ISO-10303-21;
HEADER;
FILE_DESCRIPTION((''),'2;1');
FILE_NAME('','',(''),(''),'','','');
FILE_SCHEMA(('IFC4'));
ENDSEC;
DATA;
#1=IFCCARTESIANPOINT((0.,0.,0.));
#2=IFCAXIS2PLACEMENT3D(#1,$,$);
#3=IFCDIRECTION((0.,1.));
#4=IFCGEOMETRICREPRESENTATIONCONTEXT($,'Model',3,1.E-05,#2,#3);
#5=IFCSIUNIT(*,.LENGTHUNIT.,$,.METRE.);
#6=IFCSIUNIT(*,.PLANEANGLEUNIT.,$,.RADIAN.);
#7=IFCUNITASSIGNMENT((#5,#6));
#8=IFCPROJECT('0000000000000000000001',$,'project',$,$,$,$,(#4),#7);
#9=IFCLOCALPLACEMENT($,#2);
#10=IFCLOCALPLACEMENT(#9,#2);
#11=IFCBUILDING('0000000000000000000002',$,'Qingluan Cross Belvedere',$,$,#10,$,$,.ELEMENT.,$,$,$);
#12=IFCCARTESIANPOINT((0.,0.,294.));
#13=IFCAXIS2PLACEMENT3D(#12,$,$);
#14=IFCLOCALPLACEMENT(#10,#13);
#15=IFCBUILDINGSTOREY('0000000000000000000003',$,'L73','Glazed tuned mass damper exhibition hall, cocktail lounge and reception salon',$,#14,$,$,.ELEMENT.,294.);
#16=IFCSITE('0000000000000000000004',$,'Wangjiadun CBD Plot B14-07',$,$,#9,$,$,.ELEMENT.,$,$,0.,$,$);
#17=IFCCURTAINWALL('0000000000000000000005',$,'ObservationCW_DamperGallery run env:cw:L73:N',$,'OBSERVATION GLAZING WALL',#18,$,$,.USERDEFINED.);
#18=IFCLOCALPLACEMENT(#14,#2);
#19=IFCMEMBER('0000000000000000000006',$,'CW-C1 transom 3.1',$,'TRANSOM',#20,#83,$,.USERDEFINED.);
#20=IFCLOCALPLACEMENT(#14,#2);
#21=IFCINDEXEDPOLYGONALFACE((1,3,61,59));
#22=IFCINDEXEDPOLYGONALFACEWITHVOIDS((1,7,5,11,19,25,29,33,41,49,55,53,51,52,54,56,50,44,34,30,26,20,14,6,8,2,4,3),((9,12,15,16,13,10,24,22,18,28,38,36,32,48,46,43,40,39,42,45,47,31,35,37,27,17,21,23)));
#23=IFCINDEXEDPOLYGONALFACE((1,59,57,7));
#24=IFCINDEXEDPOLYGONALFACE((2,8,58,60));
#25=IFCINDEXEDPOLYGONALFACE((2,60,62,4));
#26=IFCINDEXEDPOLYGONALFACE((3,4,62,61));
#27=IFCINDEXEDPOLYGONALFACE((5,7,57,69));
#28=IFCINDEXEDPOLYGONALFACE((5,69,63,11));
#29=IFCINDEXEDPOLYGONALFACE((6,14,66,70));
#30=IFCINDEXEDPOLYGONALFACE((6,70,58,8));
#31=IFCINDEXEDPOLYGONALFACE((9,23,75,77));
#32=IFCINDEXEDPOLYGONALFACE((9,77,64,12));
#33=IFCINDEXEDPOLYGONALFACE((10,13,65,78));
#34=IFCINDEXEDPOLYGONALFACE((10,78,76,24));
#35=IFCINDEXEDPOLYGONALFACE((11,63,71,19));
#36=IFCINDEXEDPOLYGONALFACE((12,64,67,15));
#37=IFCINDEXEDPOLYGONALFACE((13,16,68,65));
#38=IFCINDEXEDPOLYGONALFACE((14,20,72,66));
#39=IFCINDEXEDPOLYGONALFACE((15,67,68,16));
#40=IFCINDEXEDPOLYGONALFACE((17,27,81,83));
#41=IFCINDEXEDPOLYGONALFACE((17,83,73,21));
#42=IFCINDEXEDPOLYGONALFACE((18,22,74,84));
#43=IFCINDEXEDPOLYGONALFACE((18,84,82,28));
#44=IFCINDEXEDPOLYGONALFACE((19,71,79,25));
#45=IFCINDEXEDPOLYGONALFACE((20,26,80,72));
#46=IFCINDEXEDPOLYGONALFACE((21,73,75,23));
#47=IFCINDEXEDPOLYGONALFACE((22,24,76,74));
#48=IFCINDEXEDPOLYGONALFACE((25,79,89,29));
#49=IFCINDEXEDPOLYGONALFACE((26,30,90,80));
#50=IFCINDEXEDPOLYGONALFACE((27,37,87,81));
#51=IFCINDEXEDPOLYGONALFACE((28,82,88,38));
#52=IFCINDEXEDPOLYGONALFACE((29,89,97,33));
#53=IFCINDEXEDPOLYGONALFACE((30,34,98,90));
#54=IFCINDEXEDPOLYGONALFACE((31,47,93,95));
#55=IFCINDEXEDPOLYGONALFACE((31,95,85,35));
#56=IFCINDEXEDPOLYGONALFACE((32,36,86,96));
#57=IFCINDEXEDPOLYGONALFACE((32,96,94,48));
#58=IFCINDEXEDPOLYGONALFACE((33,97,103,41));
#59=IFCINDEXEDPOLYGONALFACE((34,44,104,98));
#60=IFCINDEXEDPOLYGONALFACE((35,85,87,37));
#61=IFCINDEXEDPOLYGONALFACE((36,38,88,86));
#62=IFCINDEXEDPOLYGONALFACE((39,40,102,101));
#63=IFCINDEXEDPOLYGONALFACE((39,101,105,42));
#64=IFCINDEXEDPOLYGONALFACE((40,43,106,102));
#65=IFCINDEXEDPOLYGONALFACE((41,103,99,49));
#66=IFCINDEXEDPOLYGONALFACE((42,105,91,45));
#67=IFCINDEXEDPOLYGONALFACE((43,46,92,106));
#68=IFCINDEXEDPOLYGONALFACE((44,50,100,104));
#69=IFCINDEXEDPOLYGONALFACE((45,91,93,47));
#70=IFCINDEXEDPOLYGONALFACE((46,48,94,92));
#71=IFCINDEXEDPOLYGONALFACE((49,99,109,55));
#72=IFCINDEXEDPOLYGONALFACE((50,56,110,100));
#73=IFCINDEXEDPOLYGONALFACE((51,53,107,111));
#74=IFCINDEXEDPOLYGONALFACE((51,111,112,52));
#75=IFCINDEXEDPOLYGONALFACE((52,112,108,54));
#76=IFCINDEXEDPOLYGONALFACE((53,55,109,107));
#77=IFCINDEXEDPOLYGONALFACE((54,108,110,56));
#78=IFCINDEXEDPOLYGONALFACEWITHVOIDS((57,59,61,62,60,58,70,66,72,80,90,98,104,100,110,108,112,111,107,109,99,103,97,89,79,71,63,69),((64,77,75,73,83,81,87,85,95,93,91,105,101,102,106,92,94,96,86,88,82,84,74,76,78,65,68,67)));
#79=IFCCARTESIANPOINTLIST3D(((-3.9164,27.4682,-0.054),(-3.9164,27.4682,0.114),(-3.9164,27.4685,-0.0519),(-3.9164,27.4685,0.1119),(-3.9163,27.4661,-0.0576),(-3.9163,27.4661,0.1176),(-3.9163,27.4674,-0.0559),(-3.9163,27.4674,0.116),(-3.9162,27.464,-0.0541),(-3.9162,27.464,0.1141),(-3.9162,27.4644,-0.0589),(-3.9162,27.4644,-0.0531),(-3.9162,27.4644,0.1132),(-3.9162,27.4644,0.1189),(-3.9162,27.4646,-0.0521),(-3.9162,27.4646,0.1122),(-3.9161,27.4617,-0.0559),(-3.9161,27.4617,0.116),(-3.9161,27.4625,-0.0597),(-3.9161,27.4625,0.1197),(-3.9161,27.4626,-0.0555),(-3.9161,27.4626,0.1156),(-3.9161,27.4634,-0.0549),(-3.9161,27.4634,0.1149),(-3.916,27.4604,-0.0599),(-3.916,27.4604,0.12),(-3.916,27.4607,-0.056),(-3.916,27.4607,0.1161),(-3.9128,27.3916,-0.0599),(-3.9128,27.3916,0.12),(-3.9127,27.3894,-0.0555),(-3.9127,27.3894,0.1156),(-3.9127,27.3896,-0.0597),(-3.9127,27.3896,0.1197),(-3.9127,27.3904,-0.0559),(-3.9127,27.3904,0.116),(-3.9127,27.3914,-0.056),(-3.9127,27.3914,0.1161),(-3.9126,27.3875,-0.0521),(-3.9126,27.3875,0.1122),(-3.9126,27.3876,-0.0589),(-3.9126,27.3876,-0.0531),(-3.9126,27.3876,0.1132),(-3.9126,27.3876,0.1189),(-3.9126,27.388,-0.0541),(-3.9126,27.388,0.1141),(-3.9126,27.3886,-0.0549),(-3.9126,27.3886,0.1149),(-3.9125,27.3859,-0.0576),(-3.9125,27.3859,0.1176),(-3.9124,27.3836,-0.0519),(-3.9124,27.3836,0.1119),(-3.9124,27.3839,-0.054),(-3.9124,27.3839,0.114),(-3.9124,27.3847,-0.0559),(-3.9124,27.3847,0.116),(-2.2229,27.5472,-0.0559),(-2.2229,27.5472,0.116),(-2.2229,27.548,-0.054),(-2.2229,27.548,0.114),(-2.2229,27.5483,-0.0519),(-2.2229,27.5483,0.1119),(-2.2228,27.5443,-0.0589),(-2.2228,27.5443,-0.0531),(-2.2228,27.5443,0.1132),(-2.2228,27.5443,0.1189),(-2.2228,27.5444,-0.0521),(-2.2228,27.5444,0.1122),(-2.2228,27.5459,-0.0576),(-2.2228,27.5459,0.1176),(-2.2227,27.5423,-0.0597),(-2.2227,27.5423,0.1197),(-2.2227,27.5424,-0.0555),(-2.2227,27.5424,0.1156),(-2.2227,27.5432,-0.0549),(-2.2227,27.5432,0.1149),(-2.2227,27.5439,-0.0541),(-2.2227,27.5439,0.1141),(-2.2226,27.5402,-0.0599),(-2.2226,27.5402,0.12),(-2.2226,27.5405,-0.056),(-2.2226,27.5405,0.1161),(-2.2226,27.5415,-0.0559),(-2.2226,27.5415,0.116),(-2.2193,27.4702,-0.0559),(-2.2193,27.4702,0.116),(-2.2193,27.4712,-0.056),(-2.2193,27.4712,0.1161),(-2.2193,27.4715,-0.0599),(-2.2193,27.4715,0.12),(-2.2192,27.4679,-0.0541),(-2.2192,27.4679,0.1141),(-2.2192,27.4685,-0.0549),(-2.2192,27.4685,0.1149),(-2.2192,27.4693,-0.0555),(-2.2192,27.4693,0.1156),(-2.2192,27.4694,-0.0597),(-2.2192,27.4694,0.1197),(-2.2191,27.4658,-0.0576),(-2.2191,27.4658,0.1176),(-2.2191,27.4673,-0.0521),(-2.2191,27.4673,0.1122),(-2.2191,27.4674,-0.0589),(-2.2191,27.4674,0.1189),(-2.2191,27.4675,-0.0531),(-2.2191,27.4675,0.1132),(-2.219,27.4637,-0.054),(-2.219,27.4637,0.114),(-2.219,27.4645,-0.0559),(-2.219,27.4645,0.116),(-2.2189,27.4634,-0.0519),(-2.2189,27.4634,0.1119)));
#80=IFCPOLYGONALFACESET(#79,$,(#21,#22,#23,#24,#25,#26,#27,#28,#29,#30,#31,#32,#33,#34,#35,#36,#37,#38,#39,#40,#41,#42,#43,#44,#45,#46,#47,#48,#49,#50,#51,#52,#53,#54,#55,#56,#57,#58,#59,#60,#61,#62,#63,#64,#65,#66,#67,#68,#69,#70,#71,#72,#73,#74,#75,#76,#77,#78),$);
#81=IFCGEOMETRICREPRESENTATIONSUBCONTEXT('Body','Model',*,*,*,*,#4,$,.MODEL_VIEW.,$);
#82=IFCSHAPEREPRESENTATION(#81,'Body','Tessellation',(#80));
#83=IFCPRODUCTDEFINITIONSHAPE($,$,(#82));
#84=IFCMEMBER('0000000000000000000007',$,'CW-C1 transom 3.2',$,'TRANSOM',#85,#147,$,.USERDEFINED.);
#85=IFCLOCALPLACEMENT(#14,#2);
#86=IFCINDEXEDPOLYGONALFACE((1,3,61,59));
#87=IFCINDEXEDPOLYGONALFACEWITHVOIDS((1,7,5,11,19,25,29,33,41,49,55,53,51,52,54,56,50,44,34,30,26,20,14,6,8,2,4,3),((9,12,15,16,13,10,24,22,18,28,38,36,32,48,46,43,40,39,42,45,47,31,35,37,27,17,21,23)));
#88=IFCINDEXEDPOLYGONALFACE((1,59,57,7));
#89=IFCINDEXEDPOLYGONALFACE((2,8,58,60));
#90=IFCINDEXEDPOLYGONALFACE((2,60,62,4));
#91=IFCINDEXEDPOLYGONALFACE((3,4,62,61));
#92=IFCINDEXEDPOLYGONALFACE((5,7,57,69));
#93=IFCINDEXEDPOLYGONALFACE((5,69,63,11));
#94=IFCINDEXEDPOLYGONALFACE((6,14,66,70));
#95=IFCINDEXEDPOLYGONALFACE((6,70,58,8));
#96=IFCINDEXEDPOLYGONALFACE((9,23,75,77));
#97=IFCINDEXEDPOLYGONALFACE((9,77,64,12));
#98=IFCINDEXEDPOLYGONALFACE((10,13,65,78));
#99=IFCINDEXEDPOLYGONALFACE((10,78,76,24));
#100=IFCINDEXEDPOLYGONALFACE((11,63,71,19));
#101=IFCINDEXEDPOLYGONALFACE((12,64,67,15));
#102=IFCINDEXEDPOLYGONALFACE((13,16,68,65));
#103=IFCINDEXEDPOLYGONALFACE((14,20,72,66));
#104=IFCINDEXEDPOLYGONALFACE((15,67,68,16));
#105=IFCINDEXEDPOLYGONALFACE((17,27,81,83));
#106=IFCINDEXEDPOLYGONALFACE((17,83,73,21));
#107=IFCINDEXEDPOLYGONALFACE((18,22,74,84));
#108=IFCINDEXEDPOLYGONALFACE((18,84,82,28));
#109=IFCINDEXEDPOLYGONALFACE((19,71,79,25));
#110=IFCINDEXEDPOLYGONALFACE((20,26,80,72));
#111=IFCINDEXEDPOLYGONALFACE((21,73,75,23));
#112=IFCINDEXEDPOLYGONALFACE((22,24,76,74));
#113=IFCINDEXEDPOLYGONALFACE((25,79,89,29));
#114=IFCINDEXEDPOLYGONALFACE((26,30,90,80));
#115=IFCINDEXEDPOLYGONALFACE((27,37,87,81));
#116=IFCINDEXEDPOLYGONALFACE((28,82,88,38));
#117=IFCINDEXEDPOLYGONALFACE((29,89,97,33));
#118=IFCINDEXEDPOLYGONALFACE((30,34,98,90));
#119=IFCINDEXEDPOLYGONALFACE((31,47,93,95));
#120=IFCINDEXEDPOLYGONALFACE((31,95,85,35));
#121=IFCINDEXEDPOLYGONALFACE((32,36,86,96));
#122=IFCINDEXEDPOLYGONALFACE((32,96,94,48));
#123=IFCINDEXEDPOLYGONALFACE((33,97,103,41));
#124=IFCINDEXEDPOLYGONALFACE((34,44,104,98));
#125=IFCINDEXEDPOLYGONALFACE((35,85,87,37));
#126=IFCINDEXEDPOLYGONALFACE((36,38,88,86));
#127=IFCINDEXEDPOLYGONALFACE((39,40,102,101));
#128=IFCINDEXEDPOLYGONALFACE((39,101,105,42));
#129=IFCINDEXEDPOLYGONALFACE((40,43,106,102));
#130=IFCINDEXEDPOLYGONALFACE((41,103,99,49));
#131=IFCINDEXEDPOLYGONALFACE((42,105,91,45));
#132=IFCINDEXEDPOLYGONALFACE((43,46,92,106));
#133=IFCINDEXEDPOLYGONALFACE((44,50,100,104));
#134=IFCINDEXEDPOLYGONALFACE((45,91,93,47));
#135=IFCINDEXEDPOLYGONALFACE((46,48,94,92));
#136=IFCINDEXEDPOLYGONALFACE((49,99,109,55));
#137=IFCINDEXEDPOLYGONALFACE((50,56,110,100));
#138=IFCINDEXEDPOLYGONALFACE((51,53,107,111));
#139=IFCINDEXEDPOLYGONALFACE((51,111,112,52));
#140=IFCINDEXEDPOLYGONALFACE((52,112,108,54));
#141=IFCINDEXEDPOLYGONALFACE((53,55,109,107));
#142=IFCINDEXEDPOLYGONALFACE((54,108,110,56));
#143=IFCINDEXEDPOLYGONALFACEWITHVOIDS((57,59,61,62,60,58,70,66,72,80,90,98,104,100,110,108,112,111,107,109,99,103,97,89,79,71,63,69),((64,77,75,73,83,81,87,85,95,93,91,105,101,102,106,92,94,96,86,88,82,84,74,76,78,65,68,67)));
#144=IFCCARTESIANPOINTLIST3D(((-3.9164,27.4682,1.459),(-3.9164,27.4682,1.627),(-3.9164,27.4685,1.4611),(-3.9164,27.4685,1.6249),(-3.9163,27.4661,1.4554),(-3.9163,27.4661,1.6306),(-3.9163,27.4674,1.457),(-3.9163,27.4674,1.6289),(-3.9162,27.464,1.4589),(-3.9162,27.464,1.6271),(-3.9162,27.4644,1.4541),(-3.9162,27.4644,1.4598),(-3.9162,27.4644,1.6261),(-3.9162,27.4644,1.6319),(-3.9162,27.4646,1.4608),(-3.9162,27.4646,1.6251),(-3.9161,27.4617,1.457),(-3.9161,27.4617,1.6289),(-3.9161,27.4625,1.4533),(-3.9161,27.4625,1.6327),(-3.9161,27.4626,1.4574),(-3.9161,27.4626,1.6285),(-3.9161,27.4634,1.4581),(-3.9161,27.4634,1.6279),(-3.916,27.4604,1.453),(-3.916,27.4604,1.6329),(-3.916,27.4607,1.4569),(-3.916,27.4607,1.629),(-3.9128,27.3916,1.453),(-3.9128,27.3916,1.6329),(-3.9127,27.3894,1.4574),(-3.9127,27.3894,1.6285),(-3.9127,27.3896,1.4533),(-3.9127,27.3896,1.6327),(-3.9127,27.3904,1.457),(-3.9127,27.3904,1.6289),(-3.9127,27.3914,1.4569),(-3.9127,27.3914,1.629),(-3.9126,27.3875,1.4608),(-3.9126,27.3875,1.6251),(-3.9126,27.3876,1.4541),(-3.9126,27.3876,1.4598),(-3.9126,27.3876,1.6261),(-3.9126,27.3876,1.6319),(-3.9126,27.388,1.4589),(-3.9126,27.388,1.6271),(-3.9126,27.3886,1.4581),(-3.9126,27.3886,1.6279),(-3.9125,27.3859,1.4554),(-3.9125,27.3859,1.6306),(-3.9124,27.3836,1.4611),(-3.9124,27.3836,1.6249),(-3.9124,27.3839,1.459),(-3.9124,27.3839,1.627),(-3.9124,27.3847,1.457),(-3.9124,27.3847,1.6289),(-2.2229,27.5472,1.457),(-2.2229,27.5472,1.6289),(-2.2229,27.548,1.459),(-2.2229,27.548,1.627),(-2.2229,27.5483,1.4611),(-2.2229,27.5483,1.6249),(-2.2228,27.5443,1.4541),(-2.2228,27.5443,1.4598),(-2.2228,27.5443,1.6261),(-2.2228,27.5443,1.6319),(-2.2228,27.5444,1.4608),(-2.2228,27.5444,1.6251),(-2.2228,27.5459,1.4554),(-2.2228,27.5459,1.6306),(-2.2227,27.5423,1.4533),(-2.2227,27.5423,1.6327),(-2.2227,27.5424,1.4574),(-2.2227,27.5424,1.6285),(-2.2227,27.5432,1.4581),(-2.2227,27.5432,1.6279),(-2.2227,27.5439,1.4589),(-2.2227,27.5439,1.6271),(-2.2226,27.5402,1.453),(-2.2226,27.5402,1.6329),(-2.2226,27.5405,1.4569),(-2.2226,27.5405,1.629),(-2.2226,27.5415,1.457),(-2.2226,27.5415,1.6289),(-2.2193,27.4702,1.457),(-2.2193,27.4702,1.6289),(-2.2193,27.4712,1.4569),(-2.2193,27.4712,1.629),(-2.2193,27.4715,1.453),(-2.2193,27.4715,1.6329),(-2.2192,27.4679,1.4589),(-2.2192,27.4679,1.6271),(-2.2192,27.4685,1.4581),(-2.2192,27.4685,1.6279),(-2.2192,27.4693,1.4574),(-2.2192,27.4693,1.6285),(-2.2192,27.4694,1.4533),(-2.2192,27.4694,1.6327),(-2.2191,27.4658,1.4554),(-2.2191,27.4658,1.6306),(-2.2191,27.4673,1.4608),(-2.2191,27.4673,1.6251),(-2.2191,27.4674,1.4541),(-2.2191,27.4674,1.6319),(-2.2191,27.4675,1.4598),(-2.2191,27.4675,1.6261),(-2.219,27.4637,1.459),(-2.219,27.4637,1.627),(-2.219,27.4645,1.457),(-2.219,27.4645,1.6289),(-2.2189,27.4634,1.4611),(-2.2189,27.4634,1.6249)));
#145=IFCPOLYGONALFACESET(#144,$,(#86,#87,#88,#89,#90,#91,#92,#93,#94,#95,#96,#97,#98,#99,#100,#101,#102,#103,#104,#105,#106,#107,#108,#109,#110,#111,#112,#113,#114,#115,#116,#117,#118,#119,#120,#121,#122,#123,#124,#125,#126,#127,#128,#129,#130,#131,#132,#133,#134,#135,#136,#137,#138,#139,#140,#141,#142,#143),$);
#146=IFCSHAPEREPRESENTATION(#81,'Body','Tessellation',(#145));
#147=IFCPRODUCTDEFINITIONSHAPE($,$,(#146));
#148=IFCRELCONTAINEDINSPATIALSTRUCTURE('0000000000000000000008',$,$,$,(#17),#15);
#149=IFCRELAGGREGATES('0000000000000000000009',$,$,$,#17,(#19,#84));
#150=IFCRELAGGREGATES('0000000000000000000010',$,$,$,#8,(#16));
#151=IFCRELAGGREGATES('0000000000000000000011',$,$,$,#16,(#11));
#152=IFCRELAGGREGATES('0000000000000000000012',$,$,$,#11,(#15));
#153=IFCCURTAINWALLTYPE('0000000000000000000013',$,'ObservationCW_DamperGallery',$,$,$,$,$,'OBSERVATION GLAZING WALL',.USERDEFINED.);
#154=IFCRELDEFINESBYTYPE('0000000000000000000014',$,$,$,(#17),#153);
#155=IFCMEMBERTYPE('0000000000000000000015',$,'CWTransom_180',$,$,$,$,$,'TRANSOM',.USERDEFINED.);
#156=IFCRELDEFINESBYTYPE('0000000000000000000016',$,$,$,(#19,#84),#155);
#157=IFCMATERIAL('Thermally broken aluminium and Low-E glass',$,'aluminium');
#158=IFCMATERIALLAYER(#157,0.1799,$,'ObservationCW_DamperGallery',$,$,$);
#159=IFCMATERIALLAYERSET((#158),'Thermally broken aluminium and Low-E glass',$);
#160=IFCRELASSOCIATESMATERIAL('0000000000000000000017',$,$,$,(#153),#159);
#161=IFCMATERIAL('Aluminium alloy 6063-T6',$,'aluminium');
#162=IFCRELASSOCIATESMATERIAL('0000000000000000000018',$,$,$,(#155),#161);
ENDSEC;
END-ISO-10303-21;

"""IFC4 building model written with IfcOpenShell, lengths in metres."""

from ifc_helpers import new_model, si_unit, direction, frame, origin, origin_2d, place, context, subcontext, project, spatial, hollow_rectangle, extrude, material, layer, layer_set, material_profile, profile_set, type_object, element, aggregate, save


model = new_model("IFC4")

# Units and contexts
model_context = context("Model", 3, precision=1e-05, world=origin(), true_north=direction((0.0, 1.0)))
body_context = subcontext(model_context, "Body", "Model", "MODEL_VIEW")
ifc_project = project(units=[si_unit("LENGTHUNIT", "METRE"), si_unit("PLANEANGLEUNIT", "RADIAN")], contexts=[model_context])

# Site, building, storey
site_placement = place(None, origin())
site = spatial("IfcSite", under=ifc_project, at=site_placement, Name="Wangjiadun CBD Plot B14-07", CompositionType="ELEMENT", RefElevation=0.0)
building_placement = place(site_placement, origin())
building = spatial("IfcBuilding", under=site, at=building_placement, Name="Qingluan Cross Belvedere", CompositionType="ELEMENT")
storey_placement = place(building_placement, frame((0.0, 0.0, 294.0)))
storey = spatial("IfcBuildingStorey", under=building, at=storey_placement, Name="L73", Description="Glazed tuned mass damper exhibition hall, cocktail lounge and reception salon", CompositionType="ELEMENT", Elevation=294.0)

# Curtain wall, members
ifc_material_1 = material(Name="Thermally broken aluminium and Low-E glass", Category="aluminium")
ifc_layer_1 = layer(ifc_material_1, 0.1799, Name="ObservationCW_DamperGallery")
ifc_layer_set_1 = layer_set([ifc_layer_1], Name="Thermally broken aluminium and Low-E glass")
curtain_wall_type = type_object("IfcCurtainWallType", Name="ObservationCW_DamperGallery", ElementType="OBSERVATION GLAZING WALL", PredefinedType="USERDEFINED", material=ifc_layer_set_1)
curtain_wall_placement = place(storey_placement, origin())
curtain_wall = element("IfcCurtainWall", 1, at=curtain_wall_placement, inside=storey, type_object=curtain_wall_type, Name="ObservationCW_DamperGallery run env:cw:L73:N", ObjectType="OBSERVATION GLAZING WALL", PredefinedType="USERDEFINED")
ifc_material_2 = material(Name="Aluminium alloy 6063-T6", Category="aluminium")
ifc_material_profile_1 = material_profile(ifc_material_2, hollow_rectangle(XDim=0.085, YDim=0.1799, WallThickness=0.0039, InnerFilletRadius=0.0039, OuterFilletRadius=0.0081, at=origin_2d()), Name="CWT180x85x4")
ifc_profile_set_1 = profile_set([ifc_material_profile_1], Name="Aluminium alloy 6063-T6")
member_type_1 = type_object("IfcMemberType", Name="CWTransom_180", ElementType="TRANSOM", PredefinedType="USERDEFINED", material=ifc_profile_set_1)
member_1_placement = place(storey_placement, frame((-2.2209, 27.5059, 0.03), z_axis=(-0.998891, -0.047093, 0.0), x_axis=(0.047093, -0.998891, 0.0)))
member_1 = element("IfcMember", 2, at=member_1_placement, type_object=member_type_1, Name="CW-C1 transom 3.1", ObjectType="TRANSOM", PredefinedType="USERDEFINED", context=body_context, shape_type="SweptSolid", body=[
    extrude(hollow_rectangle(XDim=0.085, YDim=0.1799, WallThickness=0.0039, InnerFilletRadius=0.0039, OuterFilletRadius=0.0081, at=origin_2d()), origin(), (0.0, 0.0, 1.0), 1.6953),
])
member_2_placement = place(storey_placement, frame((-2.2209, 27.5059, 1.543), z_axis=(-0.998891, -0.047093, 0.0), x_axis=(0.047093, -0.998891, 0.0)))
member_2 = element("IfcMember", 3, at=member_2_placement, type_object=member_type_1, Name="CW-C1 transom 3.2", ObjectType="TRANSOM", PredefinedType="USERDEFINED", context=body_context, shape_type="SweptSolid", body=[
    extrude(hollow_rectangle(XDim=0.085, YDim=0.1799, WallThickness=0.0039, InnerFilletRadius=0.0039, OuterFilletRadius=0.0081, at=origin_2d()), origin(), (0.0, 0.0, 1.0), 1.6953),
])
aggregate(curtain_wall, [member_1, member_2])

save(model, "model.ifc")
